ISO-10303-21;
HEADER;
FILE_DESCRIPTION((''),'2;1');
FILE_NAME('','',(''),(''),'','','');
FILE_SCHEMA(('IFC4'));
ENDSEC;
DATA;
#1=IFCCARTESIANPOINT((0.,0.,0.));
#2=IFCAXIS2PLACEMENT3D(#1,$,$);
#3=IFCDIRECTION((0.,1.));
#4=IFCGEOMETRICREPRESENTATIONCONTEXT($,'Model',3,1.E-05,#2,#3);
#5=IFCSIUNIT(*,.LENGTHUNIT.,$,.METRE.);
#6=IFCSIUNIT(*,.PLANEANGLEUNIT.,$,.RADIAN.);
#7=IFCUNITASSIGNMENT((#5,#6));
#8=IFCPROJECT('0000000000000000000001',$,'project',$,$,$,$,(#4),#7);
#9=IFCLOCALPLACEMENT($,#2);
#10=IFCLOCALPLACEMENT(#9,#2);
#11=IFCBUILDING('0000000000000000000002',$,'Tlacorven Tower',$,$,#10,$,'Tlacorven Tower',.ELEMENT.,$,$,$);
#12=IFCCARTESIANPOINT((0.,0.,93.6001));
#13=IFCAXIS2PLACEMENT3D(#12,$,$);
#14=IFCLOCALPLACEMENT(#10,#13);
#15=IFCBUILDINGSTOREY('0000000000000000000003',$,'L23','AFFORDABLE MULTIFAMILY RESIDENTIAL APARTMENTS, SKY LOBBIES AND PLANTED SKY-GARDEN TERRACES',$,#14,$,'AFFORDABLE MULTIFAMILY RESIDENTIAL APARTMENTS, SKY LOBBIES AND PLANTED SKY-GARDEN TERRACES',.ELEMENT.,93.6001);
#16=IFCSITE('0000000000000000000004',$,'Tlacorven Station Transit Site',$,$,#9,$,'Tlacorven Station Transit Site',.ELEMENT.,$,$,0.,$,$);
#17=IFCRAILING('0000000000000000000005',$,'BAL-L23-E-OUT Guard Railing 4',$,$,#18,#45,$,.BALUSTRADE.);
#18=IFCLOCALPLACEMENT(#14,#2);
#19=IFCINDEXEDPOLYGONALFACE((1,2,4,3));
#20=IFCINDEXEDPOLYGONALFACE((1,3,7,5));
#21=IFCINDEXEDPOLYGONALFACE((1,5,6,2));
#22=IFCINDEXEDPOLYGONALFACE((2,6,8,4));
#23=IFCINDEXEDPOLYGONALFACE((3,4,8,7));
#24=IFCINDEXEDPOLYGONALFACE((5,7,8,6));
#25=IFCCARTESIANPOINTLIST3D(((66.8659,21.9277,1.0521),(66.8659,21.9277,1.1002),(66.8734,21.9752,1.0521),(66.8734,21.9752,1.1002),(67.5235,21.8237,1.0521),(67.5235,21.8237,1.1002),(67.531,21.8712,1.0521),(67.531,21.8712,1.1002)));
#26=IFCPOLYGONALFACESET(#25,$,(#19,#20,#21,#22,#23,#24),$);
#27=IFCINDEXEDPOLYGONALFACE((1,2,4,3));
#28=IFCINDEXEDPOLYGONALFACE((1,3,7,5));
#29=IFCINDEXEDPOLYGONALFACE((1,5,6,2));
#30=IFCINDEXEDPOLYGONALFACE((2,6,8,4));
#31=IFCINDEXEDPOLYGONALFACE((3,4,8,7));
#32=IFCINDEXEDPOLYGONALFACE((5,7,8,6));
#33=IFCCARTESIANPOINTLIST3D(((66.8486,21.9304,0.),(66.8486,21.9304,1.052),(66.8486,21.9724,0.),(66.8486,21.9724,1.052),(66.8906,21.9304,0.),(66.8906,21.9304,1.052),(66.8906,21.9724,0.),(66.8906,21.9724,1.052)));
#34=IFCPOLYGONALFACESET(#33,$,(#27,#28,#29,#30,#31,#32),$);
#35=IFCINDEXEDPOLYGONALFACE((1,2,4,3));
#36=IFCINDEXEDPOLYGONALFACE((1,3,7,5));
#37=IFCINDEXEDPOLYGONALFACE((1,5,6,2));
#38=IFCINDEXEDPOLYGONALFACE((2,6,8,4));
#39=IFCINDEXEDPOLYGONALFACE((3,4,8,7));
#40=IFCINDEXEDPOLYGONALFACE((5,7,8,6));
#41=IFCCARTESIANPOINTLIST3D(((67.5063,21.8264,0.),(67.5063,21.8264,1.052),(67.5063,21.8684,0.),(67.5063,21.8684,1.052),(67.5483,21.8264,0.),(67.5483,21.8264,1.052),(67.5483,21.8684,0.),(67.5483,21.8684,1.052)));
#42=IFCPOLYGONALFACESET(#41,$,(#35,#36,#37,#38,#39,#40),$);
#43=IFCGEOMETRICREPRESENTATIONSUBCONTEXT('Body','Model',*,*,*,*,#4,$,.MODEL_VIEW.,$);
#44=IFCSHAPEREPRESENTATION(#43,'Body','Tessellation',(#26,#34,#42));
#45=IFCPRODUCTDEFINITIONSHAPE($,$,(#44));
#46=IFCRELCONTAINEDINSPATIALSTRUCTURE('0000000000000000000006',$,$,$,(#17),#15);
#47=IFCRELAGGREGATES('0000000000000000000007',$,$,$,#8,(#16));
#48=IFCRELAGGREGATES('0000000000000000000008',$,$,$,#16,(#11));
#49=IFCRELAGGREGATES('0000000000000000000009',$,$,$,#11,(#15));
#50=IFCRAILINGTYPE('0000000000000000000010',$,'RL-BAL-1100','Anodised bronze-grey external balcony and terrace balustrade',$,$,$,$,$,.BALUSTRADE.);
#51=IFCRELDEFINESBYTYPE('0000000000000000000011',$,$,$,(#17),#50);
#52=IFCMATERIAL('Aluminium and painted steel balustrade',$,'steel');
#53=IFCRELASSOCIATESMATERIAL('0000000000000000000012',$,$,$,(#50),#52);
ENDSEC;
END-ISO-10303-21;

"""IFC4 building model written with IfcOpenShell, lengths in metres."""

from ifc_helpers import new_model, si_unit, direction, frame, origin, origin_2d, place, context, subcontext, project, spatial, rectangle, extrude, source, transform, mapped, material, type_object, element, save


model = new_model("IFC4")

# Units and contexts
model_context = context("Model", 3, precision=1e-05, world=origin(), true_north=direction((0.0, 1.0)))
body_context = subcontext(model_context, "Body", "Model", "MODEL_VIEW")
ifc_project = project(units=[si_unit("LENGTHUNIT", "METRE"), si_unit("PLANEANGLEUNIT", "RADIAN")], contexts=[model_context])

# Site, building, storey
site_placement = place(None, origin())
site = spatial("IfcSite", under=ifc_project, at=site_placement, Name="Tlacorven Station Transit Site", LongName="Tlacorven Station Transit Site", CompositionType="ELEMENT", RefElevation=0.0)
building_placement = place(site_placement, origin())
building = spatial("IfcBuilding", under=site, at=building_placement, Name="Tlacorven Tower", LongName="Tlacorven Tower", CompositionType="ELEMENT")
storey_placement = place(building_placement, frame((0.0, 0.0, 93.6001)))
storey = spatial("IfcBuildingStorey", under=building, at=storey_placement, Name="L23", Description="AFFORDABLE MULTIFAMILY RESIDENTIAL APARTMENTS, SKY LOBBIES AND PLANTED SKY-GARDEN TERRACES", LongName="AFFORDABLE MULTIFAMILY RESIDENTIAL APARTMENTS, SKY LOBBIES AND PLANTED SKY-GARDEN TERRACES", CompositionType="ELEMENT", Elevation=93.6001)

# Railing
ifc_material_1 = material(Name="Aluminium and painted steel balustrade", Category="steel")
railing_type = type_object("IfcRailingType", Name="RL-BAL-1100", Description="Anodised bronze-grey external balcony and terrace balustrade", PredefinedType="BALUSTRADE", material=ifc_material_1)
shared_shape_1 = source(origin(), body_context, "Body", "SweptSolid", [
    extrude(rectangle(XDim=0.0481, YDim=0.0481, at=origin_2d()), frame((0.0, 0.0, 1.0762), z_axis=(0.987727, -0.156188, 0.0), x_axis=(0.156188, 0.987727, 0.0)), (0.0, 0.0, 1.0), 0.6658),
    extrude(rectangle(XDim=0.042, YDim=0.042, at=origin_2d()), origin(), (0.0, 0.0, 1.0), 1.052),
    extrude(rectangle(XDim=0.042, YDim=0.042, at=origin_2d()), frame((0.6577, -0.104, 0.0)), (0.0, 0.0, 1.0), 1.052),
])
railing_1_placement = place(storey_placement, frame((66.8696, 21.9514, 0.0)))
element("IfcRailing", 1, at=railing_1_placement, inside=storey, type_object=railing_type, Name="BAL-L23-E-OUT Guard Railing 4", PredefinedType="BALUSTRADE", context=body_context, shape_type="MappedRepresentation", body=[
    mapped(shared_shape_1, transform((0.0, 0.0, 0.0), scale=1.0)),
])

save(model, "model.ifc")
